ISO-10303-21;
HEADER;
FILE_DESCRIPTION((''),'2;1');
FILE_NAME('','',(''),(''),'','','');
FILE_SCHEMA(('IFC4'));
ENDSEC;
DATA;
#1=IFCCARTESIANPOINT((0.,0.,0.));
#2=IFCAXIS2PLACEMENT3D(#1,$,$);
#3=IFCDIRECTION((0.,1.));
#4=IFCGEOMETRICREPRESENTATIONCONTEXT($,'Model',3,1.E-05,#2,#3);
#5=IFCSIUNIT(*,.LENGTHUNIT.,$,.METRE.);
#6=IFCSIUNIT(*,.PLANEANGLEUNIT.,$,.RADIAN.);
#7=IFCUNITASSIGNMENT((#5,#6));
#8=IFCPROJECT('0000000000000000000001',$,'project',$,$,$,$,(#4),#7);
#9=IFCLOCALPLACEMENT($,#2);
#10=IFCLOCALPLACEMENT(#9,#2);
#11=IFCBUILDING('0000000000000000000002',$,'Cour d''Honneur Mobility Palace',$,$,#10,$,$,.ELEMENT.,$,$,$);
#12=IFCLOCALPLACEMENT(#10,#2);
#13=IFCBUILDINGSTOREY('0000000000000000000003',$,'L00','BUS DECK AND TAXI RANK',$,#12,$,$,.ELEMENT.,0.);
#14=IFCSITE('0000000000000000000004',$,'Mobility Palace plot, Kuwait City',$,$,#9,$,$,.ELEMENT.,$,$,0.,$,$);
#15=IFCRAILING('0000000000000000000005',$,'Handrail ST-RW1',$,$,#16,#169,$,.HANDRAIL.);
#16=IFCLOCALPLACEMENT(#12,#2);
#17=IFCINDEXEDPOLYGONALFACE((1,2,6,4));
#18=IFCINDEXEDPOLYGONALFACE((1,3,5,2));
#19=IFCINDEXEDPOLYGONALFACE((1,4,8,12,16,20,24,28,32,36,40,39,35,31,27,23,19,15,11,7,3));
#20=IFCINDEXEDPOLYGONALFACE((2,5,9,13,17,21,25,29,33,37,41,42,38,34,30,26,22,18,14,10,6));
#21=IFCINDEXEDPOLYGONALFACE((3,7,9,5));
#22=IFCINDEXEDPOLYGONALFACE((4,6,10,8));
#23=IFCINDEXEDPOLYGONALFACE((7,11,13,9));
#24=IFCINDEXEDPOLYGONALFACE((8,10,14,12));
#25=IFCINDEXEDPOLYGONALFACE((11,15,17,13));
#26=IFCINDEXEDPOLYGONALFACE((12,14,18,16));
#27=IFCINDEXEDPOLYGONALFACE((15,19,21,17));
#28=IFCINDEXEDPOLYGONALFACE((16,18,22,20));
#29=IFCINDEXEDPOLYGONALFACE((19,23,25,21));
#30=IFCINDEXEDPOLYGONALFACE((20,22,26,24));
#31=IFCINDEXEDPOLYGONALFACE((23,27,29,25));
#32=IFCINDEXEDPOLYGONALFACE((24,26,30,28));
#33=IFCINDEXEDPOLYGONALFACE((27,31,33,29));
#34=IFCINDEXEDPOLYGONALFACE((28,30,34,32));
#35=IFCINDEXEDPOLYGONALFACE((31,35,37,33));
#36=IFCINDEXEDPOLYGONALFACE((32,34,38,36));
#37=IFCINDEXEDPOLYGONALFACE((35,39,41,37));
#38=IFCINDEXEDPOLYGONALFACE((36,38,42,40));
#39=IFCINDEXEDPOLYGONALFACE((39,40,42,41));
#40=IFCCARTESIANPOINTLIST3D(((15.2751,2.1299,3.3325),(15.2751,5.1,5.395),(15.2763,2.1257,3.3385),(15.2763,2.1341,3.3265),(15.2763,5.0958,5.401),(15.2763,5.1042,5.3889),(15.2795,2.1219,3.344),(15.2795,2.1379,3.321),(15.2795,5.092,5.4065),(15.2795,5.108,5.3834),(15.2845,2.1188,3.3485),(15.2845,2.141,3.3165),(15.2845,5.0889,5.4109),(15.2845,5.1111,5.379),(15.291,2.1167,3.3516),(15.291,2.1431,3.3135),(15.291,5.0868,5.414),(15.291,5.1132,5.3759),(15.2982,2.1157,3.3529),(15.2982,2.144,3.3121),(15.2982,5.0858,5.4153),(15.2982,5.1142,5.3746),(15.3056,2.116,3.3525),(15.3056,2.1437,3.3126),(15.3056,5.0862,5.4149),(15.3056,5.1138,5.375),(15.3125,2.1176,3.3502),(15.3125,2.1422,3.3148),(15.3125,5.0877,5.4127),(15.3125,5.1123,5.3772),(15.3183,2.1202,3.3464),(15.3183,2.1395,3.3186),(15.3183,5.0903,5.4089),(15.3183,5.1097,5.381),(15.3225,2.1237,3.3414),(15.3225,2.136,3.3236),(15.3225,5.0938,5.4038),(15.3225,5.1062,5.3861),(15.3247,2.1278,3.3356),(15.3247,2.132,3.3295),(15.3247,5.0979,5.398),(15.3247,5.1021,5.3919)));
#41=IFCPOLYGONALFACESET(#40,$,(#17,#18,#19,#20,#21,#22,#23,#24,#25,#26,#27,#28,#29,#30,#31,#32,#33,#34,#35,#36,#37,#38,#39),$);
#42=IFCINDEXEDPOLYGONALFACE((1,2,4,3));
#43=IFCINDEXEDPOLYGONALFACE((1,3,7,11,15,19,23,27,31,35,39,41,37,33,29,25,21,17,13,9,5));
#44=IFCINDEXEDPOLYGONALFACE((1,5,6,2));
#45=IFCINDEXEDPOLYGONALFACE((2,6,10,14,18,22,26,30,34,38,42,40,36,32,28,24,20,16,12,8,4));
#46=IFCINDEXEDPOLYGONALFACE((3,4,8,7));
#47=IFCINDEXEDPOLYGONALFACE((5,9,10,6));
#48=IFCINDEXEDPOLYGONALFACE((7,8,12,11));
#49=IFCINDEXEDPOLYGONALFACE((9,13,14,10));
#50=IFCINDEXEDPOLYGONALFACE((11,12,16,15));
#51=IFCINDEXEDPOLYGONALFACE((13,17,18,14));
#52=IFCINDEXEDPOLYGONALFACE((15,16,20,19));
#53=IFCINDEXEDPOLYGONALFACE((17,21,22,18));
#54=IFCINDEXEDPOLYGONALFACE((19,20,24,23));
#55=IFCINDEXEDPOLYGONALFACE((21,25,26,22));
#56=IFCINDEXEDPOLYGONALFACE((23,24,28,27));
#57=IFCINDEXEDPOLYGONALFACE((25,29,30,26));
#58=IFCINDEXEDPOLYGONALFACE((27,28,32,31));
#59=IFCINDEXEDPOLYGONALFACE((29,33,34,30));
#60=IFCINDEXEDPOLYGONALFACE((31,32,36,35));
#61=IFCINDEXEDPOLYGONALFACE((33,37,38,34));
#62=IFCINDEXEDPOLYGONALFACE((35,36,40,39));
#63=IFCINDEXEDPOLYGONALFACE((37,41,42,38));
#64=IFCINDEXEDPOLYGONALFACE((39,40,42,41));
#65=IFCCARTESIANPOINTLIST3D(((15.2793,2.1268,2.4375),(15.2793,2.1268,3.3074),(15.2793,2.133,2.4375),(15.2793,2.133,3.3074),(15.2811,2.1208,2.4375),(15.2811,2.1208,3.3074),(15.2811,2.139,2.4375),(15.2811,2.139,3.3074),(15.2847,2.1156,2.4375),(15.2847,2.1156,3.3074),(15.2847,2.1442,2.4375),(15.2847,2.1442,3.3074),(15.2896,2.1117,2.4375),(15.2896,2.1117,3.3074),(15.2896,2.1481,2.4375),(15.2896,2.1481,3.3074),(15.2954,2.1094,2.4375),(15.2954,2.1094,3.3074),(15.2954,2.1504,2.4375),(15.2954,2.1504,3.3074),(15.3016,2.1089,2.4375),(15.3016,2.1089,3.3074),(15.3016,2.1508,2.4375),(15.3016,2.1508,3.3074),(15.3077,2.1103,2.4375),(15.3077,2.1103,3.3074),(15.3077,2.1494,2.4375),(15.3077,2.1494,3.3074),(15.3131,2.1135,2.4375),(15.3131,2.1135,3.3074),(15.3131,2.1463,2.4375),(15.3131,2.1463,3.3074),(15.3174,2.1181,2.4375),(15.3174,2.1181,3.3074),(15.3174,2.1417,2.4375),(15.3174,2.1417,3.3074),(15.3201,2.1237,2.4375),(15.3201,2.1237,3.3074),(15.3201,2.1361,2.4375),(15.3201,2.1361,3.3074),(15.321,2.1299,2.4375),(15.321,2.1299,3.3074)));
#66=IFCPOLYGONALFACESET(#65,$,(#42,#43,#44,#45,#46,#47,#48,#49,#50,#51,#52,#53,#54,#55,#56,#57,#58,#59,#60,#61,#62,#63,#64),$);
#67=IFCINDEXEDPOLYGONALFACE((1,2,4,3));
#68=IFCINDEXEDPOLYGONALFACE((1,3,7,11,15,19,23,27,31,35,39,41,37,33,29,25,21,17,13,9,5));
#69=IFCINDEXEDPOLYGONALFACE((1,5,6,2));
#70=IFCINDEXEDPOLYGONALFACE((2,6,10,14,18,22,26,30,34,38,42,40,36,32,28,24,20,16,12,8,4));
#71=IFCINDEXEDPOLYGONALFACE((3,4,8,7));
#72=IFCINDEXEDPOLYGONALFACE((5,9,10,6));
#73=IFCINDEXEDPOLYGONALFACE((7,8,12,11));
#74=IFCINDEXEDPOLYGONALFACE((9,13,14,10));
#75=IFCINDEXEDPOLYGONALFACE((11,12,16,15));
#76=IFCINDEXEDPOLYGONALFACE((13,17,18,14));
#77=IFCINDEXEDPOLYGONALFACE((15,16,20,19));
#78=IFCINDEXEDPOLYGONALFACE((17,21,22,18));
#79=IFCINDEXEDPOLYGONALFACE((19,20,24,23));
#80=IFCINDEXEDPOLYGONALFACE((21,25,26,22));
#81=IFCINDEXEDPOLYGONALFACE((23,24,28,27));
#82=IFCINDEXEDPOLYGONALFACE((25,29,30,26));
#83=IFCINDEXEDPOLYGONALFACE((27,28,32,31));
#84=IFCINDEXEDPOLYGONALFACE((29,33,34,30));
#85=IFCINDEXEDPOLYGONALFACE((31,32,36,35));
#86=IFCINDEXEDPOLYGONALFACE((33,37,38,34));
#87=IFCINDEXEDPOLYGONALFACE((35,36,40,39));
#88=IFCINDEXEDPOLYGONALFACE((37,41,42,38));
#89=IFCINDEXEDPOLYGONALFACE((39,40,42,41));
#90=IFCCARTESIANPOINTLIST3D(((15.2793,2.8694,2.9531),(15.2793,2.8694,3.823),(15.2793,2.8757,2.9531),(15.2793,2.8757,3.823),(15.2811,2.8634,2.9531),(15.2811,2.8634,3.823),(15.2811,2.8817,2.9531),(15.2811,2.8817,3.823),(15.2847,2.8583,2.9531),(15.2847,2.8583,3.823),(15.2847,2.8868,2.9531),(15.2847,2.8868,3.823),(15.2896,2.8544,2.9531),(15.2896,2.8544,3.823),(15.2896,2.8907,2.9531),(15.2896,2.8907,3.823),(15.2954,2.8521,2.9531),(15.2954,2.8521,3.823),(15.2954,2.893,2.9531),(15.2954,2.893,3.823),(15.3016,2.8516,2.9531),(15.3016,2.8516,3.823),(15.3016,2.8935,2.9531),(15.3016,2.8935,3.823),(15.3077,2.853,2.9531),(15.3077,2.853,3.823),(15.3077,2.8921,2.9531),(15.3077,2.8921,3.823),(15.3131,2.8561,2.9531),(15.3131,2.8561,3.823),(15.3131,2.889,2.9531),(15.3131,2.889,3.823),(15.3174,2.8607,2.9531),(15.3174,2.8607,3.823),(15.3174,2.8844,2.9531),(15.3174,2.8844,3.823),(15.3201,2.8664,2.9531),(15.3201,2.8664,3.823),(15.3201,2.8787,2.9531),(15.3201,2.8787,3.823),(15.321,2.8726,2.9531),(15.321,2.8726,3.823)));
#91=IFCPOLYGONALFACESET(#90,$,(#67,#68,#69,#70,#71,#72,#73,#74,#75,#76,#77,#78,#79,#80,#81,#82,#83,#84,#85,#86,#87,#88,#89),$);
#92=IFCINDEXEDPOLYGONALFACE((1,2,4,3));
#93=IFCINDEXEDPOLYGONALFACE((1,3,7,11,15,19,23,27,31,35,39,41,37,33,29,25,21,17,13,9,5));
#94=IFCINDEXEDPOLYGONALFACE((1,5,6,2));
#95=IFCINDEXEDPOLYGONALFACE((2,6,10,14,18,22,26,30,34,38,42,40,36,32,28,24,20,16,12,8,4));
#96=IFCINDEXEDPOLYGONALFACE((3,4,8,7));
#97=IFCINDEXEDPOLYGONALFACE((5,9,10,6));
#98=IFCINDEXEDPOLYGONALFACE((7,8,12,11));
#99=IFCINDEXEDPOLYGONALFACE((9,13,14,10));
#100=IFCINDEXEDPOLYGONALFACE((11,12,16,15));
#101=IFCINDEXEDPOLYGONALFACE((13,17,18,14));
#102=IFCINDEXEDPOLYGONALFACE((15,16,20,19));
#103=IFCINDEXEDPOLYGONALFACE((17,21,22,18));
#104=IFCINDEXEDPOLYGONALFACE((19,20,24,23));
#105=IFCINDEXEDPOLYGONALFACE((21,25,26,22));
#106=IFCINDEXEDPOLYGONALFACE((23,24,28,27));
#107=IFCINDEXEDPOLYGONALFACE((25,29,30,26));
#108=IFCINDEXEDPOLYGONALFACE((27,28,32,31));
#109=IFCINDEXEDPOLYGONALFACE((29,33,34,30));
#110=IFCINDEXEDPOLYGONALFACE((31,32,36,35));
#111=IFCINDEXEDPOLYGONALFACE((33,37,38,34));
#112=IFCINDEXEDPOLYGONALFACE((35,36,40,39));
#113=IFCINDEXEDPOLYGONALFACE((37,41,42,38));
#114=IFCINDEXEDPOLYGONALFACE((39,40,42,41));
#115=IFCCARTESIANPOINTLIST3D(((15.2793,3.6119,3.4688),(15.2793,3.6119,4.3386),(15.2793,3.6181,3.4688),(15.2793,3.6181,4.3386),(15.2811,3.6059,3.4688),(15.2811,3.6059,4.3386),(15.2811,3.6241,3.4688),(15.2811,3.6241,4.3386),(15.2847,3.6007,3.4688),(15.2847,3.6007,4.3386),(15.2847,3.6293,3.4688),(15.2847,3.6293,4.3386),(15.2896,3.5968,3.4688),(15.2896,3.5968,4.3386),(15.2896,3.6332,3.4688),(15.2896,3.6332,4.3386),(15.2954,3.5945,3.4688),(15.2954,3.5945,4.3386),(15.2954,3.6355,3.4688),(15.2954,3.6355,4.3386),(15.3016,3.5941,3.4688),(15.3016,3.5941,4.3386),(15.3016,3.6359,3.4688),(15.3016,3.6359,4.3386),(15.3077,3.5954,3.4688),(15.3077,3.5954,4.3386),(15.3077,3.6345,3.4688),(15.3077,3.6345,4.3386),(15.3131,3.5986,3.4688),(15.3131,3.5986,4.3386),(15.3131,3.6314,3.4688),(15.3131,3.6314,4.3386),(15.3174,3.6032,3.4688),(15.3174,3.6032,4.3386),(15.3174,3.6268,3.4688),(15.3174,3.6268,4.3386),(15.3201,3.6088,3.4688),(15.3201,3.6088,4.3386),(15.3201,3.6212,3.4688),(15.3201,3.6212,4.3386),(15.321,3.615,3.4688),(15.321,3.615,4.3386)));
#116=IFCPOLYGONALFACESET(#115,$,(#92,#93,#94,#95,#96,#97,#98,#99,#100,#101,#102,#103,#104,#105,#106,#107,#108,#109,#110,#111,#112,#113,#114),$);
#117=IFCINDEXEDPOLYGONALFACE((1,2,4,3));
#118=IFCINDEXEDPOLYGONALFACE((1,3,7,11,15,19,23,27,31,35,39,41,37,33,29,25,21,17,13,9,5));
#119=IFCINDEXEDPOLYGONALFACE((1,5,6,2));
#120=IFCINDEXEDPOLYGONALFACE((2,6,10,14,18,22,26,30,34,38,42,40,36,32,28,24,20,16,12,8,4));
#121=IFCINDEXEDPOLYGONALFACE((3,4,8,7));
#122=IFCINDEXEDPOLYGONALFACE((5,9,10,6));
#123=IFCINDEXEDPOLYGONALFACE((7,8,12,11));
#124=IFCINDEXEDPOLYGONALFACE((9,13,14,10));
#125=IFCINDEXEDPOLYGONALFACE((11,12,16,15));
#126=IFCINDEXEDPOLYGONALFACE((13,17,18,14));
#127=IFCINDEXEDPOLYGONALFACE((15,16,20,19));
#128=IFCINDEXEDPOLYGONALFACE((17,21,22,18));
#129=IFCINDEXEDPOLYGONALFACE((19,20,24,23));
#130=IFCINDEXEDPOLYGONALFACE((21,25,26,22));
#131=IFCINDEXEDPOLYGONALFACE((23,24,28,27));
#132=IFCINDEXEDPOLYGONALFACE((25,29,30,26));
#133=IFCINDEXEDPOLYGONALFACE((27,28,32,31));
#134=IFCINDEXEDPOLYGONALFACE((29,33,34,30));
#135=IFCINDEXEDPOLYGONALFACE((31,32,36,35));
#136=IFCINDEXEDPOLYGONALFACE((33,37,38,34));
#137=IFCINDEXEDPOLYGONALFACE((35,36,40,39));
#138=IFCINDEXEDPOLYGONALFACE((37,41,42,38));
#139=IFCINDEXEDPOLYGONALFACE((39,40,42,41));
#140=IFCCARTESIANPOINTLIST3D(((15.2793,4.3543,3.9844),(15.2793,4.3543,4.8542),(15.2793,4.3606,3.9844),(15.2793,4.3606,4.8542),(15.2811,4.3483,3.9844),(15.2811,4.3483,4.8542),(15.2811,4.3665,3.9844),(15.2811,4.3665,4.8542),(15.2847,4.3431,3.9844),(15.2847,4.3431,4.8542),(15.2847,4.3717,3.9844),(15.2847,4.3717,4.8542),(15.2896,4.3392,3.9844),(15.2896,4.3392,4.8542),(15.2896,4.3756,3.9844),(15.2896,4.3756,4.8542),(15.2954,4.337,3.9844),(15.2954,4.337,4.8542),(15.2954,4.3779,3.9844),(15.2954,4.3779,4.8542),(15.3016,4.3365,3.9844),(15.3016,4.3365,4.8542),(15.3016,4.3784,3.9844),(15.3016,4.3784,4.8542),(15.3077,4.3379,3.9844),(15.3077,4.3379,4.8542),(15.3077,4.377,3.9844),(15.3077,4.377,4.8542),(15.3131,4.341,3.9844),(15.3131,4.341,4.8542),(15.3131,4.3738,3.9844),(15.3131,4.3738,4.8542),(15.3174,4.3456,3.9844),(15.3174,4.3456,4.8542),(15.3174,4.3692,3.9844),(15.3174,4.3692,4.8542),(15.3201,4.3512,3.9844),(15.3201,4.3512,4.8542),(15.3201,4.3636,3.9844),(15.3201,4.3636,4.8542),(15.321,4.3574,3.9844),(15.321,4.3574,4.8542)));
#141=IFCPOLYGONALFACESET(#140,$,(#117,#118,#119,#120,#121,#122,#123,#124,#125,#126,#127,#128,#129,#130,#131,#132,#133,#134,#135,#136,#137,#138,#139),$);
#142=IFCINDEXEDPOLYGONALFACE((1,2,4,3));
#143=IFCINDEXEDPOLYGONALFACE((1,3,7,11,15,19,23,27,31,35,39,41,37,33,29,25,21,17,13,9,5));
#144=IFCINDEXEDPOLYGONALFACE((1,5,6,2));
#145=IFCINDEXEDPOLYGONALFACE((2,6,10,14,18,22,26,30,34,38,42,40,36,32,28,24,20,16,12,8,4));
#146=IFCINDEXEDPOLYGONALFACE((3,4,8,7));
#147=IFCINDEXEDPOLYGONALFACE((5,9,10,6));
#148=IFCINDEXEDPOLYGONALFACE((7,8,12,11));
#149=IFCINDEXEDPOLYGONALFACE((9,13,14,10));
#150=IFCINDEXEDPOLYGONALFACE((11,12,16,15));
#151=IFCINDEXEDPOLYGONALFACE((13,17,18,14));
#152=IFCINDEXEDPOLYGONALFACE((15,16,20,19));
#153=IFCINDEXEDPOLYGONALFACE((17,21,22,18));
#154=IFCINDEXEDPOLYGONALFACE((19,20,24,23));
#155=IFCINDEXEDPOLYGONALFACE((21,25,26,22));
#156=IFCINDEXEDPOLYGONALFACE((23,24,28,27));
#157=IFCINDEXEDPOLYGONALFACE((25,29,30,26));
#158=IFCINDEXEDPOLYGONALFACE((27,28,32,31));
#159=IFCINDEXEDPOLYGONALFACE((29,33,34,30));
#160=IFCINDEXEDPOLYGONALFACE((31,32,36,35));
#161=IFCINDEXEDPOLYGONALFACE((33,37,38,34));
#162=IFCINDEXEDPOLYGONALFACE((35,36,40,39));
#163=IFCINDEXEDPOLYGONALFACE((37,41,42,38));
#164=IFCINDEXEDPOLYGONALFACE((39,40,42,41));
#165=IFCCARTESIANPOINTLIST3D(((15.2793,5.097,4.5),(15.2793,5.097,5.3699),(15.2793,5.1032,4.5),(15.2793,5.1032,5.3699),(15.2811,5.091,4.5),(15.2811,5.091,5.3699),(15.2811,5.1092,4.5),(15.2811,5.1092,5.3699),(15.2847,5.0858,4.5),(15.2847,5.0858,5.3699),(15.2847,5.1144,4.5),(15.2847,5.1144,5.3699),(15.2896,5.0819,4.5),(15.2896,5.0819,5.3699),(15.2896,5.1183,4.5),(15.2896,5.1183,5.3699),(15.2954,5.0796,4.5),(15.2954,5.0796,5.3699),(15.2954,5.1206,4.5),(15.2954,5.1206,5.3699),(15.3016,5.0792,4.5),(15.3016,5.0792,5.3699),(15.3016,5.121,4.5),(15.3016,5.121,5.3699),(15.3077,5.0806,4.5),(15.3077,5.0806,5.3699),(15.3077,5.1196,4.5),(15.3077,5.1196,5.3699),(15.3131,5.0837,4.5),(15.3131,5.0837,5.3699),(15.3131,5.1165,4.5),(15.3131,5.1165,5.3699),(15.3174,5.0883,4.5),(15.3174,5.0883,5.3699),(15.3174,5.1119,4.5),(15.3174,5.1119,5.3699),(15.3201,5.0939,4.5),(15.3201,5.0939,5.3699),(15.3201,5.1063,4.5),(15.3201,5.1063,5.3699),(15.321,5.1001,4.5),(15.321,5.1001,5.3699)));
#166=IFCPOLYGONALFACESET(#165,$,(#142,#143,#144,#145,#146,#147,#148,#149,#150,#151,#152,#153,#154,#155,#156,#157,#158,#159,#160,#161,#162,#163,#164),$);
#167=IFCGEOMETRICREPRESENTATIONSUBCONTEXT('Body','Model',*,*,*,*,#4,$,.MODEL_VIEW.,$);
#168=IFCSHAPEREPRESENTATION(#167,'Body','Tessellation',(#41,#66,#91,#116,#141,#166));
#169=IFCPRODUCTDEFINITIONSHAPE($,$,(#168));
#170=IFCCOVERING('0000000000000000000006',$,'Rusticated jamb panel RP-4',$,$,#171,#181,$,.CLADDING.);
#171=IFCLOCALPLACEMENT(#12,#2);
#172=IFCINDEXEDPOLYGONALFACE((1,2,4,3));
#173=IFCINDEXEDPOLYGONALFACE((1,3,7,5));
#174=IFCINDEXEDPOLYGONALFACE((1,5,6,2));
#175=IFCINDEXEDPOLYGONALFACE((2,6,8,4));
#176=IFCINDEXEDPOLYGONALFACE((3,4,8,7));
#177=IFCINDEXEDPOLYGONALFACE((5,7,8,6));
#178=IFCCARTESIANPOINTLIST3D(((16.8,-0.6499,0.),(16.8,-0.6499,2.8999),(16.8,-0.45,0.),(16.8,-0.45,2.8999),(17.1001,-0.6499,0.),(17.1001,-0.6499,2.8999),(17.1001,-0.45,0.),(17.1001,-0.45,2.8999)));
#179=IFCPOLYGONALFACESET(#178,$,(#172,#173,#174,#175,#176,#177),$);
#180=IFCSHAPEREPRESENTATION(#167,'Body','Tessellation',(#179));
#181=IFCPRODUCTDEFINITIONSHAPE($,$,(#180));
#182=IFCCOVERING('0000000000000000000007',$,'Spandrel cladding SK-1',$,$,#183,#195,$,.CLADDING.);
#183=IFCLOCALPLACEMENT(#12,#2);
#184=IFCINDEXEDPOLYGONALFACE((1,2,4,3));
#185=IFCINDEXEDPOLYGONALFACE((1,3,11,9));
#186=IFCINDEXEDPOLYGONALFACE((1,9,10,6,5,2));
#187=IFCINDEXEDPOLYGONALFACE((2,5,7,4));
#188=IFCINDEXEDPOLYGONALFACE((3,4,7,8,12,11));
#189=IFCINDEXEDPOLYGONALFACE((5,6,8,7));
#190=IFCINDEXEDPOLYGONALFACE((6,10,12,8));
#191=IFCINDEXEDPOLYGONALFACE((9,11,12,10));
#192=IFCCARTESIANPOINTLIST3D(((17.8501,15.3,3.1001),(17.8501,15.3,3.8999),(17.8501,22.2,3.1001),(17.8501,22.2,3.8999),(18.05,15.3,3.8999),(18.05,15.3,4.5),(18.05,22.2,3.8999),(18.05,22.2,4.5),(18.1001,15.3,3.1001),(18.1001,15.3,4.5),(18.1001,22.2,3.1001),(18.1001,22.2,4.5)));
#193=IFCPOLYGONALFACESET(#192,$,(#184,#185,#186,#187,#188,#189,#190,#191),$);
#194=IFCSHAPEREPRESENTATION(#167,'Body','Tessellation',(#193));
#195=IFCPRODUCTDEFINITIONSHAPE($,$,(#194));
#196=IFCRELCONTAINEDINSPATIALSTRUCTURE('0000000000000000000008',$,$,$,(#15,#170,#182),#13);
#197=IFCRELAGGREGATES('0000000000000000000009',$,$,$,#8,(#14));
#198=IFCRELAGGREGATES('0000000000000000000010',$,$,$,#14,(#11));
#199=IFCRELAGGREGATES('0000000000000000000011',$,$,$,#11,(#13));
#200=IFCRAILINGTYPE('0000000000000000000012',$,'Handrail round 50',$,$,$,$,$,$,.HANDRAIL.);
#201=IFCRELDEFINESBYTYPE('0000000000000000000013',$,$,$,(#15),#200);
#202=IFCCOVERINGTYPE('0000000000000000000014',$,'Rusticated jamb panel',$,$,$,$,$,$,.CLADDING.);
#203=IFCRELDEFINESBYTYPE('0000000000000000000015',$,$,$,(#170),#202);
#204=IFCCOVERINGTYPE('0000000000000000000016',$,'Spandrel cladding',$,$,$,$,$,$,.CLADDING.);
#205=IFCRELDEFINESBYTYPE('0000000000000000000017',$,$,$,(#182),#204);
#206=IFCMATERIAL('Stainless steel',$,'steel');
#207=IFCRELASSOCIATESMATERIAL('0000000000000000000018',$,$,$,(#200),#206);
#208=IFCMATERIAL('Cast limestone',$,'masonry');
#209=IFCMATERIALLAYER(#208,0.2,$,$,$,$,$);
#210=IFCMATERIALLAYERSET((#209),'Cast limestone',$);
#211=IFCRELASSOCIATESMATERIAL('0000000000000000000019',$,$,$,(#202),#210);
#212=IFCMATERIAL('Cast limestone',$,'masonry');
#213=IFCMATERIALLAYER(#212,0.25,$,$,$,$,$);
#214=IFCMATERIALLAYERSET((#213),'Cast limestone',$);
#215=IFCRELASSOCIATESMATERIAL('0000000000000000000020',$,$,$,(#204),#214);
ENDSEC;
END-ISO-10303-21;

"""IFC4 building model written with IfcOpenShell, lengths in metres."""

from ifc_helpers import new_model, si_unit, direction, frame, origin, origin_2d, place, context, subcontext, project, spatial, polyline, circle, outline, extrude, material, layer, layer_set, type_object, element, save


model = new_model("IFC4")

# Units and contexts
model_context = context("Model", 3, precision=1e-05, world=origin(), true_north=direction((0.0, 1.0)))
body_context = subcontext(model_context, "Body", "Model", "MODEL_VIEW")
ifc_project = project(units=[si_unit("LENGTHUNIT", "METRE"), si_unit("PLANEANGLEUNIT", "RADIAN")], contexts=[model_context])

# Site, building, storey
site_placement = place(None, origin())
site = spatial("IfcSite", under=ifc_project, at=site_placement, Name="Mobility Palace plot, Kuwait City", CompositionType="ELEMENT", RefElevation=0.0)
building_placement = place(site_placement, origin())
building = spatial("IfcBuilding", under=site, at=building_placement, Name="Cour d'Honneur Mobility Palace", CompositionType="ELEMENT")
storey_placement = place(building_placement, origin())
storey = spatial("IfcBuildingStorey", under=building, at=storey_placement, Name="L00", Description="BUS DECK AND TAXI RANK", CompositionType="ELEMENT", Elevation=0.0)

# Railing
ifc_material_1 = material(Name="Stainless steel", Category="steel")
railing_type_1 = type_object("IfcRailingType", Name="Handrail round 50", PredefinedType="HANDRAIL", material=ifc_material_1)
railing_1_placement = place(storey_placement, frame((15.3, 2.1299, 2.4375)))
element("IfcRailing", 1, at=railing_1_placement, inside=storey, type_object=railing_type_1, Name="Handrail ST-RW1", PredefinedType="HANDRAIL", context=body_context, shape_type="SweptSolid", body=[
    extrude(circle(Radius=0.0249, at=origin_2d()), frame((0.0, 0.0, 0.895), z_axis=(0.0, 0.821389, 0.570368), x_axis=(-1.0, 0.0, 0.0)), (0.0, 0.0, 1.0), 3.616),
    extrude(circle(Radius=0.021, at=origin_2d()), origin(), (0.0, 0.0, 1.0), 0.8699),
    extrude(circle(Radius=0.021, at=origin_2d()), frame((0.0, 0.7427, 0.5156)), (0.0, 0.0, 1.0), 0.8699),
    extrude(circle(Radius=0.021, at=origin_2d()), frame((0.0, 1.4851, 1.0312)), (0.0, 0.0, 1.0), 0.8699),
    extrude(circle(Radius=0.021, at=origin_2d()), frame((0.0, 2.2275, 1.5469)), (0.0, 0.0, 1.0), 0.8699),
    extrude(circle(Radius=0.021, at=origin_2d()), frame((0.0, 2.9702, 2.0625)), (0.0, 0.0, 1.0), 0.8699),
])

# Coverings
ifc_material_2 = material(Name="Cast limestone", Category="masonry")
ifc_layer_1 = layer(ifc_material_2, 0.2)
ifc_layer_set_1 = layer_set([ifc_layer_1], Name="Cast limestone")
covering_type_1 = type_object("IfcCoveringType", Name="Rusticated jamb panel", PredefinedType="CLADDING", material=ifc_layer_set_1)
covering_1_placement = place(storey_placement, frame((16.8, -0.6499, 0.0), z_axis=(0.0, -1.0, 0.0), x_axis=(1.0, 0.0, 0.0)))
element("IfcCovering", 2, at=covering_1_placement, inside=storey, type_object=covering_type_1, Name="Rusticated jamb panel RP-4", PredefinedType="CLADDING", context=body_context, shape_type="SweptSolid", body=[
    extrude(outline(polyline([(0.0, 0.0), (0.3, 0.0), (0.3, 2.8999), (0.0, 2.8999), (0.0, 0.0)])), origin(), (0.0, 0.0, -1.0), 0.2),
])
ifc_material_3 = material(Name="Cast limestone", Category="masonry")
ifc_layer_2 = layer(ifc_material_3, 0.25)
ifc_layer_set_2 = layer_set([ifc_layer_2], Name="Cast limestone")
covering_type_2 = type_object("IfcCoveringType", Name="Spandrel cladding", PredefinedType="CLADDING", material=ifc_layer_set_2)
covering_2_placement = place(storey_placement, frame((17.8501, 15.3, 3.1001), z_axis=(0.0, -1.0, 0.0), x_axis=(1.0, 0.0, 0.0)))
element("IfcCovering", 3, at=covering_2_placement, inside=storey, type_object=covering_type_2, Name="Spandrel cladding SK-1", PredefinedType="CLADDING", context=body_context, shape_type="SweptSolid", body=[
    extrude(outline(polyline([(0.0, 0.0), (0.25, 0.0), (0.25, 1.3999), (0.2, 1.3999), (0.2, 0.7998), (0.0, 0.7998), (0.0, 0.0)])), origin(), (0.0, 0.0, -1.0), 6.8999),
])

save(model, "model.ifc")
